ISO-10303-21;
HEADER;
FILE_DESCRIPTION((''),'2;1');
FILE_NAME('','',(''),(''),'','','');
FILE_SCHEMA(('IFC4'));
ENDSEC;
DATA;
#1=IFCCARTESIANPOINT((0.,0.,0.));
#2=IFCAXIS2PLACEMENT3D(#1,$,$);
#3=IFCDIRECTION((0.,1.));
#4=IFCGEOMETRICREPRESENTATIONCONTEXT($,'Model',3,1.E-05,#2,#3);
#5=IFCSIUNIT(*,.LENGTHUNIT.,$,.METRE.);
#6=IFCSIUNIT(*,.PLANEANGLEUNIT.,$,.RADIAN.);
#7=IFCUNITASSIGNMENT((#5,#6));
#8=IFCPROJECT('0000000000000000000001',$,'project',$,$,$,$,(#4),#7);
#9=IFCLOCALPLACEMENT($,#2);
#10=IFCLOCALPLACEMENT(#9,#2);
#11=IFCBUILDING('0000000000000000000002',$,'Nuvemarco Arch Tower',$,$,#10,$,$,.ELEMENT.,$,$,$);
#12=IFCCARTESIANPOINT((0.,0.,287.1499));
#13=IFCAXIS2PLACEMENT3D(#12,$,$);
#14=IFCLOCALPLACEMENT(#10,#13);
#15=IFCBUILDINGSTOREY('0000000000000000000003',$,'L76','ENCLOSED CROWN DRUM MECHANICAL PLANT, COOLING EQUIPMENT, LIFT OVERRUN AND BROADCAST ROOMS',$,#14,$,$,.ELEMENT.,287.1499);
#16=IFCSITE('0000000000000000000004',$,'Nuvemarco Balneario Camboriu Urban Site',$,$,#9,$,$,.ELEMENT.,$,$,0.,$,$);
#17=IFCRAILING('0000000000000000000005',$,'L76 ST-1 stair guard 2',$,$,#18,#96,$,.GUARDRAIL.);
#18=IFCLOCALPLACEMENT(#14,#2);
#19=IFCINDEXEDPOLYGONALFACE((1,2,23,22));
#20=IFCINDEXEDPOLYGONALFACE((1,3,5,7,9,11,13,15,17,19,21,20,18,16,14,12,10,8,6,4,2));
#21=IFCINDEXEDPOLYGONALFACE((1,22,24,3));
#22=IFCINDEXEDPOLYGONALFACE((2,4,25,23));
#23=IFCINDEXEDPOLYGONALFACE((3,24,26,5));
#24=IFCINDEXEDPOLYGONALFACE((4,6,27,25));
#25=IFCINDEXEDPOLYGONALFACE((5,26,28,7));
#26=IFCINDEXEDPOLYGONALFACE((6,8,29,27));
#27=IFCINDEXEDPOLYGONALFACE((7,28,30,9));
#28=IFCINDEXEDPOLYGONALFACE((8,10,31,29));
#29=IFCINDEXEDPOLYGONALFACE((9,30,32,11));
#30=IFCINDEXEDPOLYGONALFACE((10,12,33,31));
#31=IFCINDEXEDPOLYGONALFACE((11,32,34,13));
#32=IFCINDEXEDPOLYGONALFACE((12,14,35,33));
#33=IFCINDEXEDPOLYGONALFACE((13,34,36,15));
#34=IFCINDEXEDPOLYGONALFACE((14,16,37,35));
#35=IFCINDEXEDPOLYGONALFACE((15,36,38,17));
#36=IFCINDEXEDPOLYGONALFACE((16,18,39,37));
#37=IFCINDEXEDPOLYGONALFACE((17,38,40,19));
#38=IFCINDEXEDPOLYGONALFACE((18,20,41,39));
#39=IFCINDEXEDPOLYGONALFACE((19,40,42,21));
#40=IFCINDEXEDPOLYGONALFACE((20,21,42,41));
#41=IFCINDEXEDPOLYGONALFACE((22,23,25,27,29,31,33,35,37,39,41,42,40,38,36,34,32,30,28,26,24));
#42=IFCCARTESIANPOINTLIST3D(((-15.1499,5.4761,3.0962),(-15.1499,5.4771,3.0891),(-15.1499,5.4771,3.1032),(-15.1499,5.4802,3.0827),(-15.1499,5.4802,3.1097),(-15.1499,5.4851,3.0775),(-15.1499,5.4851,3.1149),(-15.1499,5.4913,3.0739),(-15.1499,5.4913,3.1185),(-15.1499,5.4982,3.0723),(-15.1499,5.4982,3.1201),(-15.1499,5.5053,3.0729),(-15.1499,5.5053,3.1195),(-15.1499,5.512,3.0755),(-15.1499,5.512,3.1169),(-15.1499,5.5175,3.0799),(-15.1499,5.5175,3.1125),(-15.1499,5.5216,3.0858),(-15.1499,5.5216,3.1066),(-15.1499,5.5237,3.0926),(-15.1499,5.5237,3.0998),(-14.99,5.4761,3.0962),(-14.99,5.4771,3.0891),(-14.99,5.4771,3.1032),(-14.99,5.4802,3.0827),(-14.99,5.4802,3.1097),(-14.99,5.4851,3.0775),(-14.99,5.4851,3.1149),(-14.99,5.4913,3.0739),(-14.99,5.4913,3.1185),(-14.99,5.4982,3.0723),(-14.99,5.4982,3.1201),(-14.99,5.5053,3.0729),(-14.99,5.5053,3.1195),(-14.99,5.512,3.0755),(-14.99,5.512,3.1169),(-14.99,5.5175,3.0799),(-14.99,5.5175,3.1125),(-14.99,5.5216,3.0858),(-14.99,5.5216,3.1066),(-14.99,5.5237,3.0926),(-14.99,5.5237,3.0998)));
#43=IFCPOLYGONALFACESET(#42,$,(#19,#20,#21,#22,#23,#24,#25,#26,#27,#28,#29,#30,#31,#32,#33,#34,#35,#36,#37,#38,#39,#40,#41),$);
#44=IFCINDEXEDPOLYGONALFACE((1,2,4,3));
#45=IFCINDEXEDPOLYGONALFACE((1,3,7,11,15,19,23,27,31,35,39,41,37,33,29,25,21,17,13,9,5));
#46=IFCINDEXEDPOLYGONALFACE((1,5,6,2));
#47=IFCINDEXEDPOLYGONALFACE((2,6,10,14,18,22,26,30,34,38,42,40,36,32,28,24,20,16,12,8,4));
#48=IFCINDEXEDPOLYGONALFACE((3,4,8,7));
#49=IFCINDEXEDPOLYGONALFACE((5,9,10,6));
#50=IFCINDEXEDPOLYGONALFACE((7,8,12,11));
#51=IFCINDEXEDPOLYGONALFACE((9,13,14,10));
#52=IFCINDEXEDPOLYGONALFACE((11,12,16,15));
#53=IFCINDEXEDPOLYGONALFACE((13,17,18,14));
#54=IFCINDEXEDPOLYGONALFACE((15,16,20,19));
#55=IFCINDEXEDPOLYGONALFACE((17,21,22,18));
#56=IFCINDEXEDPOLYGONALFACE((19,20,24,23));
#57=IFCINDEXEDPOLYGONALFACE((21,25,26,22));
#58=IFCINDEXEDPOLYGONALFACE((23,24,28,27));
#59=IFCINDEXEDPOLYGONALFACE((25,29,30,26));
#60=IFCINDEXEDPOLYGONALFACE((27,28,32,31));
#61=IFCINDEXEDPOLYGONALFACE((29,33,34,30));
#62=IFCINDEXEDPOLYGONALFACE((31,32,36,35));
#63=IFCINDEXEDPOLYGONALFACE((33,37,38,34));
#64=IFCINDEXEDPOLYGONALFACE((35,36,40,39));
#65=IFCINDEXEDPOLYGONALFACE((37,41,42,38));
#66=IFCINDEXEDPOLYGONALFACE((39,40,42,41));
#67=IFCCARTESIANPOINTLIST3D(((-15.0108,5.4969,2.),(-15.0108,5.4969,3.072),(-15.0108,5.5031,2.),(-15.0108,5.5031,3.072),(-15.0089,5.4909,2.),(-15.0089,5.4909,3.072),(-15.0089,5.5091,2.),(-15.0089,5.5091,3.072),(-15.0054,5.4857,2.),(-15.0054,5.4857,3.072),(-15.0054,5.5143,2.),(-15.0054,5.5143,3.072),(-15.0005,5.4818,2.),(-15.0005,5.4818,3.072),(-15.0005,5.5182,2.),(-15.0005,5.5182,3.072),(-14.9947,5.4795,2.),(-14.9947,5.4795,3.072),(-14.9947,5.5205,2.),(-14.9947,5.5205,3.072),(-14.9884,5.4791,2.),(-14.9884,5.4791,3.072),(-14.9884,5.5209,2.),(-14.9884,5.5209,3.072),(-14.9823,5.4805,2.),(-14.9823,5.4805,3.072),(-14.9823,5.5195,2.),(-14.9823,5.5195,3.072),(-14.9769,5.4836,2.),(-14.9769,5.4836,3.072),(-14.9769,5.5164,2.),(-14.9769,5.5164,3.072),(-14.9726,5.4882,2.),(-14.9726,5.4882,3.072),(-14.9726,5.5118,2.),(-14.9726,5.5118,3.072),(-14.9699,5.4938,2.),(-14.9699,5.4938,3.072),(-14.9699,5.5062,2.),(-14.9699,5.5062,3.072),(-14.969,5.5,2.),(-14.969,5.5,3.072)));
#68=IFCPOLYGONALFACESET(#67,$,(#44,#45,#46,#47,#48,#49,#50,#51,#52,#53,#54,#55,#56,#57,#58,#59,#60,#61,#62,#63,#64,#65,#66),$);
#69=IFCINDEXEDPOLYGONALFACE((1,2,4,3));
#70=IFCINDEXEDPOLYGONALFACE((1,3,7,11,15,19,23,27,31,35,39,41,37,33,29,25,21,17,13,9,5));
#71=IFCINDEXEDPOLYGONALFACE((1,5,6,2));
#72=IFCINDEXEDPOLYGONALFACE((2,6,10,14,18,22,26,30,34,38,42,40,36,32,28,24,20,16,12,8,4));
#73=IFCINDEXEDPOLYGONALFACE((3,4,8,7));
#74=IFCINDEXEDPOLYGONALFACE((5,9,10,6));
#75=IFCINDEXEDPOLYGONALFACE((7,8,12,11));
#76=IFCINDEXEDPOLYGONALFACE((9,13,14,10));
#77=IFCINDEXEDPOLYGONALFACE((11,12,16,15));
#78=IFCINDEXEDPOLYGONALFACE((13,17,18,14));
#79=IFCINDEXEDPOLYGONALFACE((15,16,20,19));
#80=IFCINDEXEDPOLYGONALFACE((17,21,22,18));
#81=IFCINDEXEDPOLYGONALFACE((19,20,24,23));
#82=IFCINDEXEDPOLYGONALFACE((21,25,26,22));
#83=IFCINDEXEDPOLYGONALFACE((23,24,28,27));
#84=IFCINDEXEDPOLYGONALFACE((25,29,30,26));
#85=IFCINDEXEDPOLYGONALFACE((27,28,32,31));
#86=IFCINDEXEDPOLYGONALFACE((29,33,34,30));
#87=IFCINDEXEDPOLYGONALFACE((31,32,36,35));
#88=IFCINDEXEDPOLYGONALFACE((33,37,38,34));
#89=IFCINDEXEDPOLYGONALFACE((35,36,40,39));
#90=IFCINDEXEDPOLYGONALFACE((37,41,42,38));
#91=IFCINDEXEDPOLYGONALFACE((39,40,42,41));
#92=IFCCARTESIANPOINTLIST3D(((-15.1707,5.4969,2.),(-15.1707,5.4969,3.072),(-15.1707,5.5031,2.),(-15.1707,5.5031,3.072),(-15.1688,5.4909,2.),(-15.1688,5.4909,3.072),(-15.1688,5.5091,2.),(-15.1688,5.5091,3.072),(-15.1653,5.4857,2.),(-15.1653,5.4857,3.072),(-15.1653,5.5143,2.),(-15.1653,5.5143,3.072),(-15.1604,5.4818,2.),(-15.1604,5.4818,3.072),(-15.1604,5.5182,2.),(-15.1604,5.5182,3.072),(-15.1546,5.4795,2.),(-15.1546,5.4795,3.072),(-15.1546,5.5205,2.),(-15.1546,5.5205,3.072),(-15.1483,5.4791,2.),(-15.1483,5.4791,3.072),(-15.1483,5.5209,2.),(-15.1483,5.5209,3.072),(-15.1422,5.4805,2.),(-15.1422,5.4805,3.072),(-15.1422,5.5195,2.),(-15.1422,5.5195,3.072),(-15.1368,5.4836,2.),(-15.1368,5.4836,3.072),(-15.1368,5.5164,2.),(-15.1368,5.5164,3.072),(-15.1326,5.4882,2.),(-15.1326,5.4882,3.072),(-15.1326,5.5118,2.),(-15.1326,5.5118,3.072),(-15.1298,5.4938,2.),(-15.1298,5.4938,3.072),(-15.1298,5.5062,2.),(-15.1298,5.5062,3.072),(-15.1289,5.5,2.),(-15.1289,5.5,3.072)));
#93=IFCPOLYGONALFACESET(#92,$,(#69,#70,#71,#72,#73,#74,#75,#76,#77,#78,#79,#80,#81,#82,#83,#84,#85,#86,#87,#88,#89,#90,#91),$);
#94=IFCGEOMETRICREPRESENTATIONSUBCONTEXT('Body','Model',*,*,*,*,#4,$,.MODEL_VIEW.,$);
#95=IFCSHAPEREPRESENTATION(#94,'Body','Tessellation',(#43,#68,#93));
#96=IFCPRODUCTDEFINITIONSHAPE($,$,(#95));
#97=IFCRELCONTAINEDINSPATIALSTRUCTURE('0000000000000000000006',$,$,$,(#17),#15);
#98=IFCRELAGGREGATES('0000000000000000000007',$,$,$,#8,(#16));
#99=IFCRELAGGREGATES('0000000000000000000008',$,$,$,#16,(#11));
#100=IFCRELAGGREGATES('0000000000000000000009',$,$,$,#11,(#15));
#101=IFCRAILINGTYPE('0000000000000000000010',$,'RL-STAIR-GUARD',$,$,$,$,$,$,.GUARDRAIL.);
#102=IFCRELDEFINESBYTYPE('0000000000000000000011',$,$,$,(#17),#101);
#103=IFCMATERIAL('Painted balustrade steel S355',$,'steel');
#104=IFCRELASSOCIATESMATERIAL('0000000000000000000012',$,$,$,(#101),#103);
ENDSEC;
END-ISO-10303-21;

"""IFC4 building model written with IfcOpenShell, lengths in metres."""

from ifc_helpers import new_model, si_unit, direction, frame, origin, origin_2d, place, context, subcontext, project, spatial, circle, extrude, material, type_object, element, save


model = new_model("IFC4")

# Units and contexts
model_context = context("Model", 3, precision=1e-05, world=origin(), true_north=direction((0.0, 1.0)))
body_context = subcontext(model_context, "Body", "Model", "MODEL_VIEW")
ifc_project = project(units=[si_unit("LENGTHUNIT", "METRE"), si_unit("PLANEANGLEUNIT", "RADIAN")], contexts=[model_context])

# Site, building, storey
site_placement = place(None, origin())
site = spatial("IfcSite", under=ifc_project, at=site_placement, Name="Nuvemarco Balneario Camboriu Urban Site", CompositionType="ELEMENT", RefElevation=0.0)
building_placement = place(site_placement, origin())
building = spatial("IfcBuilding", under=site, at=building_placement, Name="Nuvemarco Arch Tower", CompositionType="ELEMENT")
storey_placement = place(building_placement, frame((0.0, 0.0, 287.1499)))
storey = spatial("IfcBuildingStorey", under=building, at=storey_placement, Name="L76", Description="ENCLOSED CROWN DRUM MECHANICAL PLANT, COOLING EQUIPMENT, LIFT OVERRUN AND BROADCAST ROOMS", CompositionType="ELEMENT", Elevation=287.1499)

# Railing
ifc_material_1 = material(Name="Painted balustrade steel S355", Category="steel")
railing_type_1 = type_object("IfcRailingType", Name="RL-STAIR-GUARD", PredefinedType="GUARDRAIL", material=ifc_material_1)
railing_1_placement = place(storey_placement, frame((-14.99, 5.5, 2.0)))
element("IfcRailing", 1, at=railing_1_placement, inside=storey, type_object=railing_type_1, Name="L76 ST-1 stair guard 2", PredefinedType="GUARDRAIL", context=body_context, shape_type="SweptSolid", body=[
    extrude(circle(Radius=0.0239, at=origin_2d()), frame((0.0, 0.0, 1.0962), z_axis=(-1.0, 0.0, 0.0), x_axis=(0.0, -1.0, 0.0)), (0.0, 0.0, 1.0), 0.1599),
    extrude(circle(Radius=0.021, at=origin_2d()), origin(), (0.0, 0.0, 1.0), 1.072),
    extrude(circle(Radius=0.021, at=origin_2d()), frame((-0.1599, 0.0, 0.0)), (0.0, 0.0, 1.0), 1.072),
])

save(model, "model.ifc")
